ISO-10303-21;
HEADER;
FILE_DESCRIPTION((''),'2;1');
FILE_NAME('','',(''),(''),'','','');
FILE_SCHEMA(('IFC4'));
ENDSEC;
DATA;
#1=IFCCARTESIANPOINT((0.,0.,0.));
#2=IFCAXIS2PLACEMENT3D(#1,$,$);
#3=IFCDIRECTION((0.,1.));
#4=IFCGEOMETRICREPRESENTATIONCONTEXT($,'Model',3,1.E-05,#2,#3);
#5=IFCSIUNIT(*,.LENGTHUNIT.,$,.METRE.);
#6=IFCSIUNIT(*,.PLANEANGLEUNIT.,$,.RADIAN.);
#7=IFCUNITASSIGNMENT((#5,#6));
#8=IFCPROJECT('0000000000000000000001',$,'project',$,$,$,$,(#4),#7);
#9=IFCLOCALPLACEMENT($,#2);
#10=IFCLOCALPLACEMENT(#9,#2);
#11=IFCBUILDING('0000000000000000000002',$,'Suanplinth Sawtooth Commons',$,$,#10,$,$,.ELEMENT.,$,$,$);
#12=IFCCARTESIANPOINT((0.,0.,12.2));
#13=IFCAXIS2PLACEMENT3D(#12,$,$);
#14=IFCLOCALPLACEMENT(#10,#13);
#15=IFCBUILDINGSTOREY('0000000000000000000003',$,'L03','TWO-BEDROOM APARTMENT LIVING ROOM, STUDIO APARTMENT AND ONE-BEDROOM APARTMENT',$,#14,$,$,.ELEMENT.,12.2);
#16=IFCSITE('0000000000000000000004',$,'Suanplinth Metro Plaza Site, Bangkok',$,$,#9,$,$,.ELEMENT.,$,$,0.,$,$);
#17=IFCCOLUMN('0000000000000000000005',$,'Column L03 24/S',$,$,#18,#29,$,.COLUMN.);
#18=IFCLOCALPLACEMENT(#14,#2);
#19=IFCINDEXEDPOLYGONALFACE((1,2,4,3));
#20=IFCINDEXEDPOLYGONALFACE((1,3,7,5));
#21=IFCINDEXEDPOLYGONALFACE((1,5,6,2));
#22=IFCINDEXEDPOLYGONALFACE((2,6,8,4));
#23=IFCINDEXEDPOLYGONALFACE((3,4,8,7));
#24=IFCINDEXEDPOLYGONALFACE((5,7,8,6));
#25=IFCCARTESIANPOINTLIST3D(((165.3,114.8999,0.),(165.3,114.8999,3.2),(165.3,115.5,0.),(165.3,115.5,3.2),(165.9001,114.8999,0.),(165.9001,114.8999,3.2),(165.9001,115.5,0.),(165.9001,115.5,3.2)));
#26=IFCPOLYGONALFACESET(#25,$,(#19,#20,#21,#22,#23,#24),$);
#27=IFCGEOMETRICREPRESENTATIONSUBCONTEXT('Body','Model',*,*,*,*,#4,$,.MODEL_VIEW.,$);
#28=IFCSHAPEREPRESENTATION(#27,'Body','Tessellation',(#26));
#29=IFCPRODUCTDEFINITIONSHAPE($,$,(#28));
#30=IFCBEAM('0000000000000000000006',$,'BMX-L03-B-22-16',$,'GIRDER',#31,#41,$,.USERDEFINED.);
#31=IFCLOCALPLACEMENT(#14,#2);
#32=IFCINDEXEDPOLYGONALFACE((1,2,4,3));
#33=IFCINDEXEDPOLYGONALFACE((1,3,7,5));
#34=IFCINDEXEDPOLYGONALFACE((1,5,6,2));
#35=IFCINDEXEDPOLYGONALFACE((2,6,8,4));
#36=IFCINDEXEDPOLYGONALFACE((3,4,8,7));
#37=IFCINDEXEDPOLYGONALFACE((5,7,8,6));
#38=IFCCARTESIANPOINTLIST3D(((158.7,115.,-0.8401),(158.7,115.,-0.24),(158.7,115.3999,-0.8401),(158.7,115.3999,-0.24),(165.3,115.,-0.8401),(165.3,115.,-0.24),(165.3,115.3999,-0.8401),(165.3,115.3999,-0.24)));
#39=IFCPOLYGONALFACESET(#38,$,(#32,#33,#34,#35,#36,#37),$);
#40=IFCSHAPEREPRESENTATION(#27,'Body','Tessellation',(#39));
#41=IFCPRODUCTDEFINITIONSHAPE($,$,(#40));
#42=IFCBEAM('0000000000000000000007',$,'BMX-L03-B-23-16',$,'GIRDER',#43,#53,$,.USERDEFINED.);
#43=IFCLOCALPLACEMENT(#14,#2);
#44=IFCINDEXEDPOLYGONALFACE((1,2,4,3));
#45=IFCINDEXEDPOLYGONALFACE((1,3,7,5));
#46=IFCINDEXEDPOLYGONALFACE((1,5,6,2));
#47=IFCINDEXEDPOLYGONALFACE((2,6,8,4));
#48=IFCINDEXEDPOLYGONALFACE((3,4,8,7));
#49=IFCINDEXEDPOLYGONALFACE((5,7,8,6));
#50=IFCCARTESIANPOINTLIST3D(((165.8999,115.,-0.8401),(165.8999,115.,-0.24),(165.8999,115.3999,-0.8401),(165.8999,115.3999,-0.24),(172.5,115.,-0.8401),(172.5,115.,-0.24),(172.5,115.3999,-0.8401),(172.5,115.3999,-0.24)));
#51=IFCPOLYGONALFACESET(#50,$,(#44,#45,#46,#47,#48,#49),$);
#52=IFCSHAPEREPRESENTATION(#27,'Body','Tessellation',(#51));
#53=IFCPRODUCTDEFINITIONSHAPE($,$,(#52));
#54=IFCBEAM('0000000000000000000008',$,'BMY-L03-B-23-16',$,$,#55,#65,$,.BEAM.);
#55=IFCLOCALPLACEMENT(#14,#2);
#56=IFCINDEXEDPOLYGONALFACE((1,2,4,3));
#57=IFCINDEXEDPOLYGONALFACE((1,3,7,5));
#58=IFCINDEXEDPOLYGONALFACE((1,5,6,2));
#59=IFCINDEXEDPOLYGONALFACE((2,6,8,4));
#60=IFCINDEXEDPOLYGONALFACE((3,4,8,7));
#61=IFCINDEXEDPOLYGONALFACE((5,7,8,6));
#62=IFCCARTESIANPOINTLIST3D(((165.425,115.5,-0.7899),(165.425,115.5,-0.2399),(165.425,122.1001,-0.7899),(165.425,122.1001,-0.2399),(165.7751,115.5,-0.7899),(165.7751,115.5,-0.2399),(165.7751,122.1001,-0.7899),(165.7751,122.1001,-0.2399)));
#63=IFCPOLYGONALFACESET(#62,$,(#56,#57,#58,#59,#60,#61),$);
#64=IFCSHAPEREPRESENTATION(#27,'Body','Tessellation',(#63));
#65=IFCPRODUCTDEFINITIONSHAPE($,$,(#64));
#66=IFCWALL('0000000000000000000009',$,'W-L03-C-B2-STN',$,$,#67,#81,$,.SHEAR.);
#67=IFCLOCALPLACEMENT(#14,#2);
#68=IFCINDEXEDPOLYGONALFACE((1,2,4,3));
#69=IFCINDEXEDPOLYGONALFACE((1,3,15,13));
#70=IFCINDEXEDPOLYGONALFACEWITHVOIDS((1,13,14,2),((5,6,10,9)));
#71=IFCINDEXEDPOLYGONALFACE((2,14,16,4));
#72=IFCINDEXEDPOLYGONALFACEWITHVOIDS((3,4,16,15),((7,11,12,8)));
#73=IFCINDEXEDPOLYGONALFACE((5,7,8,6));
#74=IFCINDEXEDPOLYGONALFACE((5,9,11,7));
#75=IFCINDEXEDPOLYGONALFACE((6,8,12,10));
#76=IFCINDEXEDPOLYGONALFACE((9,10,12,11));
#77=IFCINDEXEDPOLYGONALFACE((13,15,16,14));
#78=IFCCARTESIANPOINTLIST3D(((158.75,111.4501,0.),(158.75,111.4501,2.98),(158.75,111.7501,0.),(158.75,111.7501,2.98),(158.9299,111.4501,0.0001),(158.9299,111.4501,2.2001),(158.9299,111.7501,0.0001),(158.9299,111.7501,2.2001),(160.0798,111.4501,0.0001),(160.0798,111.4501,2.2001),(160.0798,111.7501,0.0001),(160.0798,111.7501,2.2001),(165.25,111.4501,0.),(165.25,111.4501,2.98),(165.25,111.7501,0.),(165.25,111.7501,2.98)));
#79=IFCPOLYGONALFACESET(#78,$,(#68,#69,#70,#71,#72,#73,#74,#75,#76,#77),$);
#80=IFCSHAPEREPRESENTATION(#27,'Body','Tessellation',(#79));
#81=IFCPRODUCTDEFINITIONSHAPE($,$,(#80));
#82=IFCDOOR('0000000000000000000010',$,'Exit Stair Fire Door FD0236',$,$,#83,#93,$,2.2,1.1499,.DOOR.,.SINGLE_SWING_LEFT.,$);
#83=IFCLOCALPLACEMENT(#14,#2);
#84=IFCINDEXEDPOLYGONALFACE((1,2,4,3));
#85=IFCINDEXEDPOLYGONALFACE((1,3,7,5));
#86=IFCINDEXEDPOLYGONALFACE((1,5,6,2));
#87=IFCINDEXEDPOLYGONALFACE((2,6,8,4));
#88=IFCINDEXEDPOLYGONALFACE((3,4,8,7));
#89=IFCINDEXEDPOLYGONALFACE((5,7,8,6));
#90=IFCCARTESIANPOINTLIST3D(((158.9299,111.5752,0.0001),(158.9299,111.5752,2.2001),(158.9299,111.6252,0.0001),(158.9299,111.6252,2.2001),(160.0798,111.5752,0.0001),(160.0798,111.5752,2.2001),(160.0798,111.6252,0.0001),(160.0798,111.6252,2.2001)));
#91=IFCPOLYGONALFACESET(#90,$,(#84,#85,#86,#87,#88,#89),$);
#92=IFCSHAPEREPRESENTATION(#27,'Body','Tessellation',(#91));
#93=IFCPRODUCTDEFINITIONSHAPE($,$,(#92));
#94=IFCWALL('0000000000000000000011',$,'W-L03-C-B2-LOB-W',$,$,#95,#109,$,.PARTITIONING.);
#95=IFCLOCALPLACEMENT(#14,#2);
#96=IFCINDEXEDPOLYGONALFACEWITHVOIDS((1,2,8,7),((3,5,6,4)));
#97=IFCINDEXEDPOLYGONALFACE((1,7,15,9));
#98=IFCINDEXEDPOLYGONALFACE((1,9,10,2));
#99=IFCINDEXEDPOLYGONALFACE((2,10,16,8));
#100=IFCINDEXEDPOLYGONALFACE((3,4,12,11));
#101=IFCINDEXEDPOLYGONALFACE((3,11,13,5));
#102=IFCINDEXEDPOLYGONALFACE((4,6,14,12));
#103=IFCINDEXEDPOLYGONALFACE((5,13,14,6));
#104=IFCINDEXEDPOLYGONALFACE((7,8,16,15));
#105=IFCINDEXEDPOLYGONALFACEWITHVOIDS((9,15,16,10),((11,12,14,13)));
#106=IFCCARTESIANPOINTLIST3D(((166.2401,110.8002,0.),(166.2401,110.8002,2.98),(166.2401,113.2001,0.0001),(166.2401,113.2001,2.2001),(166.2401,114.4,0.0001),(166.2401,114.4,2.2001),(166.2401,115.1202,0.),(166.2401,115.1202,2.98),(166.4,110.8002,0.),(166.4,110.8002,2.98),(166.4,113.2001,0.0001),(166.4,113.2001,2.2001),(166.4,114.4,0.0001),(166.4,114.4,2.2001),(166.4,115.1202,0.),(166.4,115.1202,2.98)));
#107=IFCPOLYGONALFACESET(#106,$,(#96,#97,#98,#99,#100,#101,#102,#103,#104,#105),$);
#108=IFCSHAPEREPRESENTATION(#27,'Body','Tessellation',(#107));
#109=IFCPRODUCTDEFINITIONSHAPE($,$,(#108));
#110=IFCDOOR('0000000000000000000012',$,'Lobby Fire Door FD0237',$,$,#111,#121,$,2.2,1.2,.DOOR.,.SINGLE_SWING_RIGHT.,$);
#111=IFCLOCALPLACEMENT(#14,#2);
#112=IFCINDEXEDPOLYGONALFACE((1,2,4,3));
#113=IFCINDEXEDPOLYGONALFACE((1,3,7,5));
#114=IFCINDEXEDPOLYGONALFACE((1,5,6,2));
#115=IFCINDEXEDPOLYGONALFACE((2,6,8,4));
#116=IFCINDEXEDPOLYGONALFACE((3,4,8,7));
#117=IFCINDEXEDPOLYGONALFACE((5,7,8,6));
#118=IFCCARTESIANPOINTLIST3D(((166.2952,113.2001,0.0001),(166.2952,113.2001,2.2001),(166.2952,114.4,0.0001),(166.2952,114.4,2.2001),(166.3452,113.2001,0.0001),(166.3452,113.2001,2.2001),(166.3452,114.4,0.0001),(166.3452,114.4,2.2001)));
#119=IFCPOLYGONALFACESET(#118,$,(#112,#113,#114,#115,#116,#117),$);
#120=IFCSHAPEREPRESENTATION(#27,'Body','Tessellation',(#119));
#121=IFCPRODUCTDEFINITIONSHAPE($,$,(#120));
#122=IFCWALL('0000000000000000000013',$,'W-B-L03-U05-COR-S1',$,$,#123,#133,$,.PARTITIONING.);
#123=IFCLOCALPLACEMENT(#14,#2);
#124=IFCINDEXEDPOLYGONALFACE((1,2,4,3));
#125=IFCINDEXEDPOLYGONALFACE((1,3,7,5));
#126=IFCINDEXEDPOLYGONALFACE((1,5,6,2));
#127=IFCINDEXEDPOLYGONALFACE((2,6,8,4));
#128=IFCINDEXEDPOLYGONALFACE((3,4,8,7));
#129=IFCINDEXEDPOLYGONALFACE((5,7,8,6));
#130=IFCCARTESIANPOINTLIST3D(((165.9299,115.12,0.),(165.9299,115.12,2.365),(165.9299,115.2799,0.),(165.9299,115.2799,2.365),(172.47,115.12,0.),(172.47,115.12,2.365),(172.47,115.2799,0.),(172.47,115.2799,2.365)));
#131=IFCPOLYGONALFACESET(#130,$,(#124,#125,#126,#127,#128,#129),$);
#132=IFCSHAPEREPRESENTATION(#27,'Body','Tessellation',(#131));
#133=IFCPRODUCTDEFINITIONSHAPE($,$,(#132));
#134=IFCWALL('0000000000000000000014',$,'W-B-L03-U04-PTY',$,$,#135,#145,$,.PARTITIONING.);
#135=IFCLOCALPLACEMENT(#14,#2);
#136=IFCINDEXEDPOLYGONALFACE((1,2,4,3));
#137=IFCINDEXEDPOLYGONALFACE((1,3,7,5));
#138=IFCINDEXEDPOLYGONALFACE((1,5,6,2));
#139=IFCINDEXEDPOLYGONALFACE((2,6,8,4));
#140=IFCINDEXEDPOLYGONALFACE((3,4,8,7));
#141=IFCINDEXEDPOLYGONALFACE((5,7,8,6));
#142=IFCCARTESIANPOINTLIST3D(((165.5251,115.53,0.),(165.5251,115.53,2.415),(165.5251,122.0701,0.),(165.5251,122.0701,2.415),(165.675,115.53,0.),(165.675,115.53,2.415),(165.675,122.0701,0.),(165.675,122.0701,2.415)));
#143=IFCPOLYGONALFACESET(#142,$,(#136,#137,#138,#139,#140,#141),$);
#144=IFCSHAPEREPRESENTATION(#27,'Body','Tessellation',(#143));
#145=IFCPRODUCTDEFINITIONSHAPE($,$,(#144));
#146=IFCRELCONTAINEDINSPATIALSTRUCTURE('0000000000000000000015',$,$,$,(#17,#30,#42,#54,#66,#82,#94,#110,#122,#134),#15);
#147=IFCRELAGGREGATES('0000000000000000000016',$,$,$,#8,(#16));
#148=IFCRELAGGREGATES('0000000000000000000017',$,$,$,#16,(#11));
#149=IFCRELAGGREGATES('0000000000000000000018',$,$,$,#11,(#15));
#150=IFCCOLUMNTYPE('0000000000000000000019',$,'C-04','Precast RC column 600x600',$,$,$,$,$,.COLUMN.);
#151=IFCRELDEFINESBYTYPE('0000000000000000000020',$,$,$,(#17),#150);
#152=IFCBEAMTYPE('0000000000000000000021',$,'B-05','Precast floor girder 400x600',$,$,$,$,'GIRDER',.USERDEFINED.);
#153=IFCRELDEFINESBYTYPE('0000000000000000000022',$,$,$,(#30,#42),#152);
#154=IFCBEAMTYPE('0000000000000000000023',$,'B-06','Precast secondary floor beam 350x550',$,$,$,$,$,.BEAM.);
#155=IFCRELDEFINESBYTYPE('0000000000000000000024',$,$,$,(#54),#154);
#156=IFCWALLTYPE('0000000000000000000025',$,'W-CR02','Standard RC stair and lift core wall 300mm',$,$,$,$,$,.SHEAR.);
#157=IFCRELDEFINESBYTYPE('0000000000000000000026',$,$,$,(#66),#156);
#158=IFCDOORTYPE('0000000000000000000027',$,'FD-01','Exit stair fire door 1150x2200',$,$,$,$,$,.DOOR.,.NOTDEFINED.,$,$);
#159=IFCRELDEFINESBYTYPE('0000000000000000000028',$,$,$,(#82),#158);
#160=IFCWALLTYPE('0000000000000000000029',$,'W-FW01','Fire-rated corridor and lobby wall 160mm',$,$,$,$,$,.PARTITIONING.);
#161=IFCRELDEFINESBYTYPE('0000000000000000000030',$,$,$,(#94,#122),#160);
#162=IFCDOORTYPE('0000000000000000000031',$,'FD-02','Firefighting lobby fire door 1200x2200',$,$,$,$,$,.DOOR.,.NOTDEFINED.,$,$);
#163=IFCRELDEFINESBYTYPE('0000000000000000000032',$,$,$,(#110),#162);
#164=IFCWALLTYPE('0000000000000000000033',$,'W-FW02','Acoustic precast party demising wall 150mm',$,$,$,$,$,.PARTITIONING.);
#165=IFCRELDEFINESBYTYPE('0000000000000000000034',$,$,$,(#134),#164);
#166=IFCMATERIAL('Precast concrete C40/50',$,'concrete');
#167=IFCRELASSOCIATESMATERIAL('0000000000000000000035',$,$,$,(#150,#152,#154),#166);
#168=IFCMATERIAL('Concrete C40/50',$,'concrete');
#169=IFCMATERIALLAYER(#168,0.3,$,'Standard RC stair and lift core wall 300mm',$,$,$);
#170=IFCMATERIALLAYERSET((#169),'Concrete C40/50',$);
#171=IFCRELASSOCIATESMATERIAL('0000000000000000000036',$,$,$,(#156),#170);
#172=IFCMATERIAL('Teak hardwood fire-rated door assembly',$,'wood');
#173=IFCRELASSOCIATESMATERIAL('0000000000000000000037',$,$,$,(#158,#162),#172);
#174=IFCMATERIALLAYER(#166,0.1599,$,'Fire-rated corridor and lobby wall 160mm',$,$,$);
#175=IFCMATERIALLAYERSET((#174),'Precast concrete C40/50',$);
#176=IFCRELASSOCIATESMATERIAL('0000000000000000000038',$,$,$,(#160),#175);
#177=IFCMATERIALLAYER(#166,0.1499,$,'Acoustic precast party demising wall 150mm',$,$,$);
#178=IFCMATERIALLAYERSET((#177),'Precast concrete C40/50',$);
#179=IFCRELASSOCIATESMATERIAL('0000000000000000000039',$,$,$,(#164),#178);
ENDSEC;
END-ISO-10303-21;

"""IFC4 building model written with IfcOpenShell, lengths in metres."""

from ifc_helpers import new_model, si_unit, direction, frame, frame_2d, origin, origin_2d, place, context, subcontext, project, spatial, rectangle, extrude, material, layer, layer_set, material_profile, profile_set, type_object, element, fill, save


model = new_model("IFC4")

# Units and contexts
model_context = context("Model", 3, precision=1e-05, world=origin(), true_north=direction((0.0, 1.0)))
body_context = subcontext(model_context, "Body", "Model", "MODEL_VIEW")
ifc_project = project(units=[si_unit("LENGTHUNIT", "METRE"), si_unit("PLANEANGLEUNIT", "RADIAN")], contexts=[model_context])

# Site, building, storey
site_placement = place(None, origin())
site = spatial("IfcSite", under=ifc_project, at=site_placement, Name="Suanplinth Metro Plaza Site, Bangkok", CompositionType="ELEMENT", RefElevation=0.0)
building_placement = place(site_placement, origin())
building = spatial("IfcBuilding", under=site, at=building_placement, Name="Suanplinth Sawtooth Commons", CompositionType="ELEMENT")
storey_placement = place(building_placement, frame((0.0, 0.0, 12.2)))
storey = spatial("IfcBuildingStorey", under=building, at=storey_placement, Name="L03", Description="TWO-BEDROOM APARTMENT LIVING ROOM, STUDIO APARTMENT AND ONE-BEDROOM APARTMENT", CompositionType="ELEMENT", Elevation=12.2)

# Column
ifc_material_1 = material(Name="Precast concrete C40/50", Category="concrete")
ifc_material_profile_1 = material_profile(ifc_material_1, rectangle(XDim=0.6001, YDim=0.6001, at=origin_2d()), Name="PC-COL 600x600")
ifc_profile_set_1 = profile_set([ifc_material_profile_1], Name="Precast concrete C40/50")
column_type = type_object("IfcColumnType", Name="C-04", Description="Precast RC column 600x600", PredefinedType="COLUMN", material=ifc_profile_set_1)
column_placement = place(storey_placement, frame((165.6001, 115.2, 0.0), z_axis=(0.0, 0.0, 1.0), x_axis=(1.0, 0.0, 0.0)))
element("IfcColumn", 1, at=column_placement, inside=storey, type_object=column_type, Name="Column L03 24/S", PredefinedType="COLUMN", context=body_context, shape_type="SweptSolid", body=[
    extrude(rectangle(XDim=0.6001, YDim=0.6001, at=origin_2d()), origin(), (0.0, 0.0, 1.0), 3.2),
])

# Beams
ifc_material_profile_2 = material_profile(ifc_material_1, rectangle(XDim=0.3999, YDim=0.6001, at=origin_2d()), Name="PC-GDR 400x600")
ifc_profile_set_2 = profile_set([ifc_material_profile_2], Name="Precast concrete C40/50")
beam_type_1 = type_object("IfcBeamType", Name="B-05", Description="Precast floor girder 400x600", ElementType="GIRDER", PredefinedType="USERDEFINED", material=ifc_profile_set_2)
for number, where, z_axis, x_axis, name in (
    (2, (158.7, 115.2, -0.54), (1.0, 0.0, 0.0), (0.0, 1.0, 0.0), "BMX-L03-B-22-16"),
    (3, (165.8999, 115.2, -0.54), (1.0, 0.0, 0.0), (0.0, 1.0, 0.0), "BMX-L03-B-23-16"),
):
    element("IfcBeam", number, at=place(storey_placement, frame(where, z_axis=z_axis, x_axis=x_axis)), inside=storey, type_object=beam_type_1, Name=name, ObjectType="GIRDER", PredefinedType="USERDEFINED", context=body_context, shape_type="SweptSolid", body=[
        extrude(rectangle(XDim=0.3999, YDim=0.6001, at=origin_2d()), origin(), (0.0, 0.0, 1.0), 6.6001),
    ])
ifc_material_profile_3 = material_profile(ifc_material_1, rectangle(XDim=0.3501, YDim=0.55, at=origin_2d()), Name="PC-BM 350x550")
ifc_profile_set_3 = profile_set([ifc_material_profile_3], Name="Precast concrete C40/50")
beam_type_2 = type_object("IfcBeamType", Name="B-06", Description="Precast secondary floor beam 350x550", PredefinedType="BEAM", material=ifc_profile_set_3)
beam_placement = place(storey_placement, frame((165.6001, 115.5, -0.5149), z_axis=(0.0, 1.0, 0.0), x_axis=(-1.0, 0.0, 0.0)))
element("IfcBeam", 4, at=beam_placement, inside=storey, type_object=beam_type_2, Name="BMY-L03-B-23-16", PredefinedType="BEAM", context=body_context, shape_type="SweptSolid", body=[
    extrude(rectangle(XDim=0.3501, YDim=0.55, at=origin_2d()), origin(), (0.0, 0.0, 1.0), 6.6001),
])

# Walls, openings, doors
ifc_material_2 = material(Name="Concrete C40/50", Category="concrete")
ifc_layer_1 = layer(ifc_material_2, 0.3, Name="Standard RC stair and lift core wall 300mm")
ifc_layer_set_1 = layer_set([ifc_layer_1], Name="Concrete C40/50")
wall_type_1 = type_object("IfcWallType", Name="W-CR02", Description="Standard RC stair and lift core wall 300mm", PredefinedType="SHEAR", material=ifc_layer_set_1)
wall_1_placement = place(storey_placement, frame((158.75, 111.6001, 0.0), z_axis=(0.0, 0.0, 1.0), x_axis=(1.0, 0.0, 0.0)))
wall_1 = element("IfcWall", 5, at=wall_1_placement, inside=storey, type_object=wall_type_1, Name="W-L03-C-B2-STN", PredefinedType="SHEAR", context=body_context, shape_type="SweptSolid", body=[
    extrude(rectangle(XDim=6.5, YDim=0.3, at=frame_2d((3.25, 0.0))), origin(), (0.0, 0.0, 1.0), 2.98),
])
opening_1_placement = place(wall_1_placement, frame((0.1799, 0.0, 0.0)))
opening_1 = element("IfcOpeningElement", 6, at=opening_1_placement, cuts=wall_1, PredefinedType="OPENING", context=body_context, shape_type="SweptSolid", body=[
    extrude(rectangle(XDim=1.1499, YDim=2.2, at=frame_2d((0.575, 1.1001))), frame((0.0, 0.165, 0.0), z_axis=(0.0, -1.0, 0.0), x_axis=(1.0, 0.0, 0.0)), (0.0, 0.0, 1.0), 0.3298),
])
ifc_material_3 = material(Name="Teak hardwood fire-rated door assembly", Category="wood")
door_type_1 = type_object("IfcDoorType", Name="FD-01", Description="Exit stair fire door 1150x2200", OperationType="NOTDEFINED", PredefinedType="DOOR", material=ifc_material_3)
door_1_placement = place(opening_1_placement, frame((1.1499, 0.0, 0.0), z_axis=(0.0, 0.0, 1.0), x_axis=(-1.0, 0.0, 0.0)))
door_1 = element("IfcDoor", 7, at=door_1_placement, inside=storey, type_object=door_type_1, Name="Exit Stair Fire Door FD0236", OperationType="SINGLE_SWING_LEFT", OverallHeight=2.2, OverallWidth=1.1499, PredefinedType="DOOR", context=body_context, shape_type="SweptSolid", body=[
    extrude(rectangle(XDim=1.1499, YDim=2.2, at=frame_2d((0.575, 1.1001))), frame((0.0, 0.0249, 0.0), z_axis=(0.0, -1.0, 0.0), x_axis=(1.0, 0.0, 0.0)), (0.0, 0.0, 1.0), 0.05),
])
fill(opening_1, door_1)
ifc_layer_2 = layer(ifc_material_1, 0.1599, Name="Fire-rated corridor and lobby wall 160mm")
ifc_layer_set_2 = layer_set([ifc_layer_2], Name="Precast concrete C40/50")
wall_type_2 = type_object("IfcWallType", Name="W-FW01", Description="Fire-rated corridor and lobby wall 160mm", PredefinedType="PARTITIONING", material=ifc_layer_set_2)
wall_2_placement = place(storey_placement, frame((166.3201, 110.8, 0.0), z_axis=(0.0, 0.0, 1.0), x_axis=(0.0, 1.0, 0.0)))
wall_2 = element("IfcWall", 8, at=wall_2_placement, inside=storey, type_object=wall_type_2, Name="W-L03-C-B2-LOB-W", PredefinedType="PARTITIONING", context=body_context, shape_type="SweptSolid", body=[
    extrude(rectangle(XDim=4.3201, YDim=0.1599, at=frame_2d((2.1602, 0.0))), origin(), (0.0, 0.0, 1.0), 2.98),
])
opening_2_placement = place(wall_2_placement, frame((2.3999, 0.0, 0.0)))
opening_2 = element("IfcOpeningElement", 9, at=opening_2_placement, cuts=wall_2, PredefinedType="OPENING", context=body_context, shape_type="SweptSolid", body=[
    extrude(rectangle(XDim=1.2, YDim=2.2, at=frame_2d((0.6001, 1.1001))), frame((0.0, 0.0947, 0.0), z_axis=(0.0, -1.0, 0.0), x_axis=(1.0, 0.0, 0.0)), (0.0, 0.0, 1.0), 0.1897),
])
door_type_2 = type_object("IfcDoorType", Name="FD-02", Description="Firefighting lobby fire door 1200x2200", OperationType="NOTDEFINED", PredefinedType="DOOR", material=ifc_material_3)
door_2_placement = place(opening_2_placement, origin())
door_2 = element("IfcDoor", 10, at=door_2_placement, inside=storey, type_object=door_type_2, Name="Lobby Fire Door FD0237", OperationType="SINGLE_SWING_RIGHT", OverallHeight=2.2, OverallWidth=1.2, PredefinedType="DOOR", context=body_context, shape_type="SweptSolid", body=[
    extrude(rectangle(XDim=1.2, YDim=2.2, at=frame_2d((0.6001, 1.1001))), frame((0.0, 0.0249, 0.0), z_axis=(0.0, -1.0, 0.0), x_axis=(1.0, 0.0, 0.0)), (0.0, 0.0, 1.0), 0.05),
])
fill(opening_2, door_2)

# Walls
wall_3_placement = place(storey_placement, frame((165.9299, 115.2, 0.0), z_axis=(0.0, 0.0, 1.0), x_axis=(1.0, 0.0, 0.0)))
element("IfcWall", 11, at=wall_3_placement, inside=storey, type_object=wall_type_2, Name="W-B-L03-U05-COR-S1", PredefinedType="PARTITIONING", context=body_context, shape_type="SweptSolid", body=[
    extrude(rectangle(XDim=6.54, YDim=0.1599, at=frame_2d((3.27, 0.0))), origin(), (0.0, 0.0, 1.0), 2.365),
])
ifc_layer_3 = layer(ifc_material_1, 0.1499, Name="Acoustic precast party demising wall 150mm")
ifc_layer_set_3 = layer_set([ifc_layer_3], Name="Precast concrete C40/50")
wall_type_3 = type_object("IfcWallType", Name="W-FW02", Description="Acoustic precast party demising wall 150mm", PredefinedType="PARTITIONING", material=ifc_layer_set_3)
wall_4_placement = place(storey_placement, frame((165.6001, 115.53, 0.0), z_axis=(0.0, 0.0, 1.0), x_axis=(0.0, 1.0, 0.0)))
element("IfcWall", 12, at=wall_4_placement, inside=storey, type_object=wall_type_3, Name="W-B-L03-U04-PTY", PredefinedType="PARTITIONING", context=body_context, shape_type="SweptSolid", body=[
    extrude(rectangle(XDim=6.54, YDim=0.1499, at=frame_2d((3.27, 0.0))), origin(), (0.0, 0.0, 1.0), 2.415),
])

save(model, "model.ifc")
